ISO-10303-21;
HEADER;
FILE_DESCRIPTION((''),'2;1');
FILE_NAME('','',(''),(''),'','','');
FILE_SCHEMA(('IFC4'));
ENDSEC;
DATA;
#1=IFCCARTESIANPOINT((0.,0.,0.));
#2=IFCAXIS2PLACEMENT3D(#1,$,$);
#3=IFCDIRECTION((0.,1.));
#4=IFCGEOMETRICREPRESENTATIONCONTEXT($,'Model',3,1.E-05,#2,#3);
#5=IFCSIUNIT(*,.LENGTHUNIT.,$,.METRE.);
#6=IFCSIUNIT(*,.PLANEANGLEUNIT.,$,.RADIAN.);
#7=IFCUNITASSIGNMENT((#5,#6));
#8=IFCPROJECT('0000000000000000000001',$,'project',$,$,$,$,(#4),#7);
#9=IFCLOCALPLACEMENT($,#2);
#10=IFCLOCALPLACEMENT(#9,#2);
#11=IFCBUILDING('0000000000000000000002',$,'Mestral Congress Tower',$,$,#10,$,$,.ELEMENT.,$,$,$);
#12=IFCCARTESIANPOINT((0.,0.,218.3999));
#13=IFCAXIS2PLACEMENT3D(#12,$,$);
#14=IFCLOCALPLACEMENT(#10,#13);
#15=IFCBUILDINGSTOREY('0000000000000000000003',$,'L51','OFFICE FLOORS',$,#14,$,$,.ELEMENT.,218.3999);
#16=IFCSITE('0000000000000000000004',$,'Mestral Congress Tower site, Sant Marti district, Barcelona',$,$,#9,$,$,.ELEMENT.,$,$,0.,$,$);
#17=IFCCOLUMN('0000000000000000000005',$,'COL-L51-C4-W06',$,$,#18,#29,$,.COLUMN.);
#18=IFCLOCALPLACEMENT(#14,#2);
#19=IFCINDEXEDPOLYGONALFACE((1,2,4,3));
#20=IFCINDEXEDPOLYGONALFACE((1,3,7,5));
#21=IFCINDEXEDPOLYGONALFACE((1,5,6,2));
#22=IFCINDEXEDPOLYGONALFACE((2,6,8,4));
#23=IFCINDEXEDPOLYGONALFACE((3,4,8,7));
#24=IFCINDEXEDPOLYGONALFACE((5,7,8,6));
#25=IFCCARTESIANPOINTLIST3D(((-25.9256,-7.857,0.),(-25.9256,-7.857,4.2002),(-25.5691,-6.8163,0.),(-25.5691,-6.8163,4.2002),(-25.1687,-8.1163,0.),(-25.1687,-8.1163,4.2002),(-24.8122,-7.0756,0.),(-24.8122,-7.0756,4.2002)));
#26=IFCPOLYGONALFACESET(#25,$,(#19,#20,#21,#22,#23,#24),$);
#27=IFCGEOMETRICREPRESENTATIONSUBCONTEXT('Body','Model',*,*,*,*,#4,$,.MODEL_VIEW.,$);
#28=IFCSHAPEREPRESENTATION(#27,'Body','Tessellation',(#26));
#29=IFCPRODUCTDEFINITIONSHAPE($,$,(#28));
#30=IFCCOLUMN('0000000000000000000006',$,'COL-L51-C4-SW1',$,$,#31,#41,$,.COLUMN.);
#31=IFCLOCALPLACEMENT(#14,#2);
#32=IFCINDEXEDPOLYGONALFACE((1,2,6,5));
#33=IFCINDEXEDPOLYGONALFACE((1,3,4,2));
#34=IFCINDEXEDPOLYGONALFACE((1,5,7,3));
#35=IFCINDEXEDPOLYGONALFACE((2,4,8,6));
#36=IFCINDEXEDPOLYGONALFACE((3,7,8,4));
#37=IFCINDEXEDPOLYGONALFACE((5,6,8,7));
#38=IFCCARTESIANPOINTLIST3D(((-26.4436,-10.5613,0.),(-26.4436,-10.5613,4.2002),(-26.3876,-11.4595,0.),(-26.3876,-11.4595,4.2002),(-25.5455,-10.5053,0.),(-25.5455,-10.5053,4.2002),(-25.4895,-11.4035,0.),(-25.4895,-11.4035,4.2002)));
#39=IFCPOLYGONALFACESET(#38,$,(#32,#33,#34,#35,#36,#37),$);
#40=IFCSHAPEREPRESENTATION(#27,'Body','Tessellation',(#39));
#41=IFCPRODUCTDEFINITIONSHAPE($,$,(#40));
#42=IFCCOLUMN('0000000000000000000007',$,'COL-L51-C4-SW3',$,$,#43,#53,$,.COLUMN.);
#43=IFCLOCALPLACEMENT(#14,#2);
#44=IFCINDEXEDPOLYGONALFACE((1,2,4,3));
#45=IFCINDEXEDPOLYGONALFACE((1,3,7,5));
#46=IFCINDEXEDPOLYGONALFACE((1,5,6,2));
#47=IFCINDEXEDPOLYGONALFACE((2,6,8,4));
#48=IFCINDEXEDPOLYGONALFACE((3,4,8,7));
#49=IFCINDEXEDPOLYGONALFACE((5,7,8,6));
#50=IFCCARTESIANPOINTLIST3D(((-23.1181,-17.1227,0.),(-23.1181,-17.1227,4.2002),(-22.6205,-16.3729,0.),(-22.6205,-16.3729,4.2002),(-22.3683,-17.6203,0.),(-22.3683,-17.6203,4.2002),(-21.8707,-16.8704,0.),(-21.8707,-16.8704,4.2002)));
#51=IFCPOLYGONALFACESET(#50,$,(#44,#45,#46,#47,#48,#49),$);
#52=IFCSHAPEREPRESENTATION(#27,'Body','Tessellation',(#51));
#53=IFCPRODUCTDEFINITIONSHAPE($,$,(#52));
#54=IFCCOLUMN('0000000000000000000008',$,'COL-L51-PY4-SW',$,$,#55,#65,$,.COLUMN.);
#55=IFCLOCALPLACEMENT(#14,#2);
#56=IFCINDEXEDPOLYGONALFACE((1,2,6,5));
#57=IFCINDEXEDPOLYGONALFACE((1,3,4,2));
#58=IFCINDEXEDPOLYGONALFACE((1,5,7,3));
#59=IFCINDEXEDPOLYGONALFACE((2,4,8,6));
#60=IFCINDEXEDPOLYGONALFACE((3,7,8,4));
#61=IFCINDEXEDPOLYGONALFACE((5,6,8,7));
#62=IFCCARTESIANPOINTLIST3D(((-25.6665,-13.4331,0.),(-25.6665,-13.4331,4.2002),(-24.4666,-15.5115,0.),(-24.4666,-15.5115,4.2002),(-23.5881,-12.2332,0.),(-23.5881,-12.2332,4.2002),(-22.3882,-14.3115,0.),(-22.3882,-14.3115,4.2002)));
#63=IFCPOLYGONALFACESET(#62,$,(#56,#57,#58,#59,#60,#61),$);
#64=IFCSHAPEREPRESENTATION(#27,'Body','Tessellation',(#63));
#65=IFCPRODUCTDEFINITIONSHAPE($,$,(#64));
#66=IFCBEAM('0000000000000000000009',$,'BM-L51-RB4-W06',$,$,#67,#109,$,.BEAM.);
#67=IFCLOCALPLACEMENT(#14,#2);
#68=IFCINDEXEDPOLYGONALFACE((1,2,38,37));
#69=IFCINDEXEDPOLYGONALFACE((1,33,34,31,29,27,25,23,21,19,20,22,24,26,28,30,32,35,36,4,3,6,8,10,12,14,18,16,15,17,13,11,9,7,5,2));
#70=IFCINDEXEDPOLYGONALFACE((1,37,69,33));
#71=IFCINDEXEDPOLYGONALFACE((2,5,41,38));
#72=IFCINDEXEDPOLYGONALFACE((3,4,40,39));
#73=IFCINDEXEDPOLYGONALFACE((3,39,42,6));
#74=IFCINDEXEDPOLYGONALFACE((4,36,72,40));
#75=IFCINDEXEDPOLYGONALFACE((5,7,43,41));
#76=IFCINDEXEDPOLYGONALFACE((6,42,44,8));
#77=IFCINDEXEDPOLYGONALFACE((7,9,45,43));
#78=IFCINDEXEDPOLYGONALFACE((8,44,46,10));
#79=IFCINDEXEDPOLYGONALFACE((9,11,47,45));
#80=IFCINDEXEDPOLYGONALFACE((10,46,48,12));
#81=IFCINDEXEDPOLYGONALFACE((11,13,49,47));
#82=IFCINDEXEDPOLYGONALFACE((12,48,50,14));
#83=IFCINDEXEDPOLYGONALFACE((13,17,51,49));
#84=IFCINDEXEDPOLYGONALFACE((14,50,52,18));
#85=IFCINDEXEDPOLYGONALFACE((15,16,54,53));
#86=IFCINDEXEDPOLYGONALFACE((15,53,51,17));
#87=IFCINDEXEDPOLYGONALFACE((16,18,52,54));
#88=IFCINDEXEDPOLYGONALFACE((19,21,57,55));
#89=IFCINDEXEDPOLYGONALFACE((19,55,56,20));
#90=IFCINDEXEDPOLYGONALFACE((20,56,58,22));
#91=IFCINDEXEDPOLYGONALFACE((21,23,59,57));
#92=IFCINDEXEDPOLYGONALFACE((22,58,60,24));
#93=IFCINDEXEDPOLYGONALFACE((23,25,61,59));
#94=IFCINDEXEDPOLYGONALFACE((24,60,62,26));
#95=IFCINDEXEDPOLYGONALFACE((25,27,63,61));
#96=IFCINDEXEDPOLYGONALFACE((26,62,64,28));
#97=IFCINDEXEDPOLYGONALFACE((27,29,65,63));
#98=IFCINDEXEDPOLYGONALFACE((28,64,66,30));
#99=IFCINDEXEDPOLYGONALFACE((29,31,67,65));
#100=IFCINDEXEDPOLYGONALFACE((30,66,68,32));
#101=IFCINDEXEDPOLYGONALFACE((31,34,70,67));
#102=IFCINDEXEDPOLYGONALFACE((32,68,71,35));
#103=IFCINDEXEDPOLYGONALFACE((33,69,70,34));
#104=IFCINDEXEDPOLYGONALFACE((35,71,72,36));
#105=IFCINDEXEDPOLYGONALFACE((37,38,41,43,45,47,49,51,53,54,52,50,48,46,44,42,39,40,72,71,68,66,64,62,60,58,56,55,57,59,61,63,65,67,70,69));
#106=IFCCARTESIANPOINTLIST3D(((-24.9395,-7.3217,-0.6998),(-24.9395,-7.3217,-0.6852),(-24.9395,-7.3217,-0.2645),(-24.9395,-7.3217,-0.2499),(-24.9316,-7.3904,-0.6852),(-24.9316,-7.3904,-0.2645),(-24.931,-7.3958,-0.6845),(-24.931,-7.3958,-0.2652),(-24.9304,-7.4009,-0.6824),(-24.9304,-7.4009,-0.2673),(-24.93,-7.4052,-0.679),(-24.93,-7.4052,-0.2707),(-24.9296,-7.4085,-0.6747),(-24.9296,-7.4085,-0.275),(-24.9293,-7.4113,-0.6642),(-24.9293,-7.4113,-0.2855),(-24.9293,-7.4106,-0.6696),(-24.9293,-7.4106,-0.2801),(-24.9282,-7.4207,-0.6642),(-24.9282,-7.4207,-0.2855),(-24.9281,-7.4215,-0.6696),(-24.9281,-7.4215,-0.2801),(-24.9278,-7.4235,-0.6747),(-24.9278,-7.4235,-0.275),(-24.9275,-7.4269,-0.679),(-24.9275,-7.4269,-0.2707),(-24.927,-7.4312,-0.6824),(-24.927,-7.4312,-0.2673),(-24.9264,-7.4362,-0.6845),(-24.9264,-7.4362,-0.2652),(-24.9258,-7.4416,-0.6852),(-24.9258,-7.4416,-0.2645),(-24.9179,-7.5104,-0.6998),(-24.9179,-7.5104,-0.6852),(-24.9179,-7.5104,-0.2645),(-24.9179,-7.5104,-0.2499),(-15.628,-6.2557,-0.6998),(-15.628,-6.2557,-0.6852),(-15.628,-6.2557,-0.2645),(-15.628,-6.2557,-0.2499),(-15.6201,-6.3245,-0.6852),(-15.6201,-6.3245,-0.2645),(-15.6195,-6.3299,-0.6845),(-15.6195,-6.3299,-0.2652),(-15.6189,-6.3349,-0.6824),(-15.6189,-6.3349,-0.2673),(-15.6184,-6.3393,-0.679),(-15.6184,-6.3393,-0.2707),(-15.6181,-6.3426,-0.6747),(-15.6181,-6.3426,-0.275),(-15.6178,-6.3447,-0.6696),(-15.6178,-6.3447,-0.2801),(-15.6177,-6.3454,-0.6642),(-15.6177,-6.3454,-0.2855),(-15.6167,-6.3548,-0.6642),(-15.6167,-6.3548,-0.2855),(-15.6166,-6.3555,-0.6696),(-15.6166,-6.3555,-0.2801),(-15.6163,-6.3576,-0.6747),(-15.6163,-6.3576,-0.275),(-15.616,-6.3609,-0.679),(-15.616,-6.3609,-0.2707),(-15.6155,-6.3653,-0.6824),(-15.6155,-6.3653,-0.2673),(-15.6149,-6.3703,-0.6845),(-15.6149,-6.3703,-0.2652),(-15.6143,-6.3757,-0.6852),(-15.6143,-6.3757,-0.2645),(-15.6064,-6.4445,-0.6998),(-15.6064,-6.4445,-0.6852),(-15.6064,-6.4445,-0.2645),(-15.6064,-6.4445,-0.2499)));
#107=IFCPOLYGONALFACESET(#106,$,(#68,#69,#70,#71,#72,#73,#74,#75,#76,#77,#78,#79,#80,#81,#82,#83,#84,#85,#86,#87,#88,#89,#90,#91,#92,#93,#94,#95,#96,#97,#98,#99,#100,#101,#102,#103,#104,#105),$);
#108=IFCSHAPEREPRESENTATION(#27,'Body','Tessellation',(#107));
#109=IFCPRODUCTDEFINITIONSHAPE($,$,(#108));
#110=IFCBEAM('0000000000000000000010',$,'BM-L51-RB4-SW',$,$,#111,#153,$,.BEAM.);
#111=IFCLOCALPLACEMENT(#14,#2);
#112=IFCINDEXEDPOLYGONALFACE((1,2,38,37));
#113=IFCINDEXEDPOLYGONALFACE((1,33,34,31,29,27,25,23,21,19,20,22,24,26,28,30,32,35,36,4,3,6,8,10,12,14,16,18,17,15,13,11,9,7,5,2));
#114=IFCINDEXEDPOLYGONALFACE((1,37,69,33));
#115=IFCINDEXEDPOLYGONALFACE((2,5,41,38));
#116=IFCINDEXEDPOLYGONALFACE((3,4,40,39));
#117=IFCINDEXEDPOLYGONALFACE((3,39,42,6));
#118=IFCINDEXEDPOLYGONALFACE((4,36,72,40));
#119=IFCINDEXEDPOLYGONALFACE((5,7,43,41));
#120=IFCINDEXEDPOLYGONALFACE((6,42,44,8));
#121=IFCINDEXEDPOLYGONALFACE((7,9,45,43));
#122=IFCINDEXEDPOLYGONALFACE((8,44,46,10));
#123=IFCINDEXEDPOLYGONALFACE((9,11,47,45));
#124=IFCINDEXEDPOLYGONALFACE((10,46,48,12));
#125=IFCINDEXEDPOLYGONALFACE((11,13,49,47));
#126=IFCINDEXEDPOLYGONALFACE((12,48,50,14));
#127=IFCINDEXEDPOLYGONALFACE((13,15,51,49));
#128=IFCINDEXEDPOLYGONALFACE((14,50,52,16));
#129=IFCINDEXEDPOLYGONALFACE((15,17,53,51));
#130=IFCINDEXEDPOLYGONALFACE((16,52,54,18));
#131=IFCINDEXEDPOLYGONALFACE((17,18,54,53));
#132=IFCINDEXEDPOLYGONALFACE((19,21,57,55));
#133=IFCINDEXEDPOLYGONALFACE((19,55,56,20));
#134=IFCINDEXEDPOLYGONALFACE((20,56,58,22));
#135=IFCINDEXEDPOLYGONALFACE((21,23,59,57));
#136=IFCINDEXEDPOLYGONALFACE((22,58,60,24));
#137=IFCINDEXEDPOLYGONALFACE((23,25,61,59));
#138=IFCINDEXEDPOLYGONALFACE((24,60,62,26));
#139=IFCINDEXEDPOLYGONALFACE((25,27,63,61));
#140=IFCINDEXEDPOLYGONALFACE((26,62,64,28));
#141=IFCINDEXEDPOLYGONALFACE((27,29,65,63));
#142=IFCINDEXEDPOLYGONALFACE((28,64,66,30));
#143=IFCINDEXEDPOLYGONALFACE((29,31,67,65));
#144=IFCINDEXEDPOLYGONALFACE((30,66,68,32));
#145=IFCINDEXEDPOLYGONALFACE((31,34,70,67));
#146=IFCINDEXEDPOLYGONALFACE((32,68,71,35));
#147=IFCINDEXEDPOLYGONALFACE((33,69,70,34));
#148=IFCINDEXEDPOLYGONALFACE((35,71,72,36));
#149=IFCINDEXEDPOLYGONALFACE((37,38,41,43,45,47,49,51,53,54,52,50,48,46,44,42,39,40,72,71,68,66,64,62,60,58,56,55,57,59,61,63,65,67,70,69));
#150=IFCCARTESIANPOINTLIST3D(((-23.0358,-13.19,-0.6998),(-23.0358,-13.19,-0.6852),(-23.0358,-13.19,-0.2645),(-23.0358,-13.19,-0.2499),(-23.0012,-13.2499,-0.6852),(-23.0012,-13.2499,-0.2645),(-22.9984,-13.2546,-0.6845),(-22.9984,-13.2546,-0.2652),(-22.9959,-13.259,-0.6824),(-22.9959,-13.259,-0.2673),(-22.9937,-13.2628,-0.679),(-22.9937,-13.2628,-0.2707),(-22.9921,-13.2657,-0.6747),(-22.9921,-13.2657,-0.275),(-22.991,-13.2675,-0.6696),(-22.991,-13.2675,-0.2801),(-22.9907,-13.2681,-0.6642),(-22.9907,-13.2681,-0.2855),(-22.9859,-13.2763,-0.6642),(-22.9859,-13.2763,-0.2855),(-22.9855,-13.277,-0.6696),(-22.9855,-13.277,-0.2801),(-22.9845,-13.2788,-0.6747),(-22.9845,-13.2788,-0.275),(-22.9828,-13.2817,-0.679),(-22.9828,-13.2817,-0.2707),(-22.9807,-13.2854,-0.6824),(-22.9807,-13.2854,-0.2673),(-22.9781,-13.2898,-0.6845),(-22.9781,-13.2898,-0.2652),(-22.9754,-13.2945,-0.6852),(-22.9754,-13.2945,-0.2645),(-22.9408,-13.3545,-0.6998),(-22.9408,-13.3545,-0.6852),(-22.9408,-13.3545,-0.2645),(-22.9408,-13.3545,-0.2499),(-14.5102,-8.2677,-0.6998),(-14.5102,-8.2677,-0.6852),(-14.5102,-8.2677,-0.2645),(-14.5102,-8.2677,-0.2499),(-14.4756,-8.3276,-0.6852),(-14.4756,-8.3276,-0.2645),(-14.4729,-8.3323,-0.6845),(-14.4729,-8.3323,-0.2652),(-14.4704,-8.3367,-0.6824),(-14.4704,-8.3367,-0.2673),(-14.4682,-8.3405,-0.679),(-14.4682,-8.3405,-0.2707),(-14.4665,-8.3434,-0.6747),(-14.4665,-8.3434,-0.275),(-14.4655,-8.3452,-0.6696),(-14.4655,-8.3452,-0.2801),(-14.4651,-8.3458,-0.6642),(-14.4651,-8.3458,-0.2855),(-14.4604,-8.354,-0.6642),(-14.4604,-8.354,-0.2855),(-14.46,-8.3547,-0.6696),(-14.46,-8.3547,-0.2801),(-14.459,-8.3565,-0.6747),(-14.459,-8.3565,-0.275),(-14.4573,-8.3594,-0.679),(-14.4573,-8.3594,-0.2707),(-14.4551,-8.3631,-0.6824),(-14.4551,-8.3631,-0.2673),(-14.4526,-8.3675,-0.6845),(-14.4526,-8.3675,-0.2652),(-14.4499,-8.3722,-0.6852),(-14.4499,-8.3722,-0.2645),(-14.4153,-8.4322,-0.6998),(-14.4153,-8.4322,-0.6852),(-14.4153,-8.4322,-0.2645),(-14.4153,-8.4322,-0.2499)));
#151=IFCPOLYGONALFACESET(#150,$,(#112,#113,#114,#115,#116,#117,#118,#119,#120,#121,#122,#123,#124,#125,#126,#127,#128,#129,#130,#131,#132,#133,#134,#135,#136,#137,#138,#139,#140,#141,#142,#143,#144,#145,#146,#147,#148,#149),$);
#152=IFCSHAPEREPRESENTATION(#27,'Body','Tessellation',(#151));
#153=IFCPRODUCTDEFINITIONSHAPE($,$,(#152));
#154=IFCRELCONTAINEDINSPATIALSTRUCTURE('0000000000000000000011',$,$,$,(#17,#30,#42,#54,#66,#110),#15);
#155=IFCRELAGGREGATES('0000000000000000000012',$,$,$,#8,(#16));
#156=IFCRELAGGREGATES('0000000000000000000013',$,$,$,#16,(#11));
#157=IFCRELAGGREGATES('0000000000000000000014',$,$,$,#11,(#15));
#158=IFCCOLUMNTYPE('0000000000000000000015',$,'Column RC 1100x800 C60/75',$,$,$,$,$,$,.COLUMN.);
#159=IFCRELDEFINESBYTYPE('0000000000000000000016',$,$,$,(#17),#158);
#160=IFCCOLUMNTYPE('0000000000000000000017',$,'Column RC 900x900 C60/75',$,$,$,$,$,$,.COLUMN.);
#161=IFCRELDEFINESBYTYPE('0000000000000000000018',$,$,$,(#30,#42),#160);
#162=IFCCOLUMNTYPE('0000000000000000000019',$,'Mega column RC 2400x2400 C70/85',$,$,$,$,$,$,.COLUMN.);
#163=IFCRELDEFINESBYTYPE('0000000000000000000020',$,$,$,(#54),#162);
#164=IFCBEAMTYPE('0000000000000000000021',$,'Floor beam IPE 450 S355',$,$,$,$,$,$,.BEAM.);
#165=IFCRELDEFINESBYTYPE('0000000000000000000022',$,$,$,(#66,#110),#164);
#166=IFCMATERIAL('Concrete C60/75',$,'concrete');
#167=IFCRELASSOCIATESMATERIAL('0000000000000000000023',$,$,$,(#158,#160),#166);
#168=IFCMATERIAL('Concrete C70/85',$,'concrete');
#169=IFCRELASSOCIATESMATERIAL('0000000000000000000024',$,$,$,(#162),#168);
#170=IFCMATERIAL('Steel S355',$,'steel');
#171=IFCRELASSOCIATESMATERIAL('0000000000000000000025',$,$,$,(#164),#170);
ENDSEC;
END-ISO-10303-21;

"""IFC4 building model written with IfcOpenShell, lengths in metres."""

from ifc_helpers import new_model, si_unit, direction, frame, origin, origin_2d, place, context, subcontext, project, spatial, rectangle, i_section, extrude, material, material_profile, profile_set, type_object, element, save


model = new_model("IFC4")

# Units and contexts
model_context = context("Model", 3, precision=1e-05, world=origin(), true_north=direction((0.0, 1.0)))
body_context = subcontext(model_context, "Body", "Model", "MODEL_VIEW")
ifc_project = project(units=[si_unit("LENGTHUNIT", "METRE"), si_unit("PLANEANGLEUNIT", "RADIAN")], contexts=[model_context])

# Site, building, storey
site_placement = place(None, origin())
site = spatial("IfcSite", under=ifc_project, at=site_placement, Name="Mestral Congress Tower site, Sant Marti district, Barcelona", CompositionType="ELEMENT", RefElevation=0.0)
building_placement = place(site_placement, origin())
building = spatial("IfcBuilding", under=site, at=building_placement, Name="Mestral Congress Tower", CompositionType="ELEMENT")
storey_placement = place(building_placement, frame((0.0, 0.0, 218.3999)))
storey = spatial("IfcBuildingStorey", under=building, at=storey_placement, Name="L51", Description="OFFICE FLOORS", CompositionType="ELEMENT", Elevation=218.3999)

# Columns
ifc_material_1 = material(Name="Concrete C60/75", Category="concrete")
ifc_material_profile_1 = material_profile(ifc_material_1, rectangle(XDim=1.1001, YDim=0.8, at=origin_2d()), Name="RC 1100x800")
ifc_profile_set_1 = profile_set([ifc_material_profile_1], Name="Concrete C60/75")
column_type_1 = type_object("IfcColumnType", Name="Column RC 1100x800 C60/75", PredefinedType="COLUMN", material=ifc_profile_set_1)
column_1_placement = place(storey_placement, frame((-25.3689, -7.4663, 0.0), z_axis=(0.0, 0.0, 1.0), x_axis=(-0.324074, -0.946032, 0.0)))
element("IfcColumn", 1, at=column_1_placement, inside=storey, type_object=column_type_1, Name="COL-L51-C4-W06", PredefinedType="COLUMN", context=body_context, shape_type="SweptSolid", body=[
    extrude(rectangle(XDim=1.1001, YDim=0.8, at=origin_2d()), origin(), (0.0, 0.0, 1.0), 4.2002),
])
ifc_material_profile_2 = material_profile(ifc_material_1, rectangle(XDim=0.8999, YDim=0.8999, at=origin_2d()), Name="RC 900x900")
ifc_profile_set_2 = profile_set([ifc_material_profile_2], Name="Concrete C60/75")
column_type_2 = type_object("IfcColumnType", Name="Column RC 900x900 C60/75", PredefinedType="COLUMN", material=ifc_profile_set_2)
for number, where, z_axis, x_axis, name in (
    (2, (-25.9666, -10.9824, 0.0), (0.0, 0.0, 1.0), (0.062217, -0.998063, 0.0), "COL-L51-C4-SW1"),
    (3, (-22.4944, -16.9966, 0.0), (0.0, 0.0, 1.0), (0.833239, -0.552913, 0.0), "COL-L51-C4-SW3"),
):
    element("IfcColumn", number, at=place(storey_placement, frame(where, z_axis=z_axis, x_axis=x_axis)), inside=storey, type_object=column_type_2, Name=name, PredefinedType="COLUMN", context=body_context, shape_type="SweptSolid", body=[
        extrude(rectangle(XDim=0.8999, YDim=0.8999, at=origin_2d()), origin(), (0.0, 0.0, 1.0), 4.2002),
    ])
ifc_material_2 = material(Name="Concrete C70/85", Category="concrete")
ifc_material_profile_3 = material_profile(ifc_material_2, rectangle(XDim=2.3999, YDim=2.3999, at=origin_2d()), Name="RC 2400x2400")
ifc_profile_set_3 = profile_set([ifc_material_profile_3], Name="Concrete C70/85")
column_type_3 = type_object("IfcColumnType", Name="Mega column RC 2400x2400 C70/85", PredefinedType="COLUMN", material=ifc_profile_set_3)
column_2_placement = place(storey_placement, frame((-24.0273, -13.8723, 0.0), z_axis=(0.0, 0.0, 1.0), x_axis=(-0.866025, -0.5, 0.0)))
element("IfcColumn", 4, at=column_2_placement, inside=storey, type_object=column_type_3, Name="COL-L51-PY4-SW", PredefinedType="COLUMN", context=body_context, shape_type="SweptSolid", body=[
    extrude(rectangle(XDim=2.3999, YDim=2.3999, at=origin_2d()), origin(), (0.0, 0.0, 1.0), 4.2002),
])

# Beams
ifc_material_3 = material(Name="Steel S355", Category="steel")
ifc_material_profile_4 = material_profile(ifc_material_3, i_section(OverallWidth=0.1899, OverallDepth=0.45, WebThickness=0.0095, FlangeThickness=0.0146, FilletRadius=0.021, at=origin_2d()), Name="IPE 450")
ifc_profile_set_4 = profile_set([ifc_material_profile_4], Name="Steel S355")
beam_type_1 = type_object("IfcBeamType", Name="Floor beam IPE 450 S355", PredefinedType="BEAM", material=ifc_profile_set_4)
beam_1_placement = place(storey_placement, frame((-24.9287, -7.416, -0.4749), z_axis=(0.993512, 0.11373, 0.0), x_axis=(-0.11373, 0.993512, 0.0)))
element("IfcBeam", 5, at=beam_1_placement, inside=storey, type_object=beam_type_1, Name="BM-L51-RB4-W06", PredefinedType="BEAM", context=body_context, shape_type="SweptSolid", body=[
    extrude(i_section(OverallWidth=0.1899, OverallDepth=0.45, WebThickness=0.0095, FlangeThickness=0.0146, FilletRadius=0.021, at=origin_2d()), origin(), (0.0, 0.0, 1.0), 9.3723),
])
beam_2_placement = place(storey_placement, frame((-22.9883, -13.2722, -0.4749), z_axis=(0.866022, 0.500007, 0.0), x_axis=(-0.500007, 0.866022, 0.0)))
element("IfcBeam", 6, at=beam_2_placement, inside=storey, type_object=beam_type_1, Name="BM-L51-RB4-SW", PredefinedType="BEAM", context=body_context, shape_type="SweptSolid", body=[
    extrude(i_section(OverallWidth=0.1899, OverallDepth=0.45, WebThickness=0.0095, FlangeThickness=0.0146, FilletRadius=0.021, at=origin_2d()), origin(), (0.0, 0.0, 1.0), 9.8445),
])

save(model, "model.ifc")
